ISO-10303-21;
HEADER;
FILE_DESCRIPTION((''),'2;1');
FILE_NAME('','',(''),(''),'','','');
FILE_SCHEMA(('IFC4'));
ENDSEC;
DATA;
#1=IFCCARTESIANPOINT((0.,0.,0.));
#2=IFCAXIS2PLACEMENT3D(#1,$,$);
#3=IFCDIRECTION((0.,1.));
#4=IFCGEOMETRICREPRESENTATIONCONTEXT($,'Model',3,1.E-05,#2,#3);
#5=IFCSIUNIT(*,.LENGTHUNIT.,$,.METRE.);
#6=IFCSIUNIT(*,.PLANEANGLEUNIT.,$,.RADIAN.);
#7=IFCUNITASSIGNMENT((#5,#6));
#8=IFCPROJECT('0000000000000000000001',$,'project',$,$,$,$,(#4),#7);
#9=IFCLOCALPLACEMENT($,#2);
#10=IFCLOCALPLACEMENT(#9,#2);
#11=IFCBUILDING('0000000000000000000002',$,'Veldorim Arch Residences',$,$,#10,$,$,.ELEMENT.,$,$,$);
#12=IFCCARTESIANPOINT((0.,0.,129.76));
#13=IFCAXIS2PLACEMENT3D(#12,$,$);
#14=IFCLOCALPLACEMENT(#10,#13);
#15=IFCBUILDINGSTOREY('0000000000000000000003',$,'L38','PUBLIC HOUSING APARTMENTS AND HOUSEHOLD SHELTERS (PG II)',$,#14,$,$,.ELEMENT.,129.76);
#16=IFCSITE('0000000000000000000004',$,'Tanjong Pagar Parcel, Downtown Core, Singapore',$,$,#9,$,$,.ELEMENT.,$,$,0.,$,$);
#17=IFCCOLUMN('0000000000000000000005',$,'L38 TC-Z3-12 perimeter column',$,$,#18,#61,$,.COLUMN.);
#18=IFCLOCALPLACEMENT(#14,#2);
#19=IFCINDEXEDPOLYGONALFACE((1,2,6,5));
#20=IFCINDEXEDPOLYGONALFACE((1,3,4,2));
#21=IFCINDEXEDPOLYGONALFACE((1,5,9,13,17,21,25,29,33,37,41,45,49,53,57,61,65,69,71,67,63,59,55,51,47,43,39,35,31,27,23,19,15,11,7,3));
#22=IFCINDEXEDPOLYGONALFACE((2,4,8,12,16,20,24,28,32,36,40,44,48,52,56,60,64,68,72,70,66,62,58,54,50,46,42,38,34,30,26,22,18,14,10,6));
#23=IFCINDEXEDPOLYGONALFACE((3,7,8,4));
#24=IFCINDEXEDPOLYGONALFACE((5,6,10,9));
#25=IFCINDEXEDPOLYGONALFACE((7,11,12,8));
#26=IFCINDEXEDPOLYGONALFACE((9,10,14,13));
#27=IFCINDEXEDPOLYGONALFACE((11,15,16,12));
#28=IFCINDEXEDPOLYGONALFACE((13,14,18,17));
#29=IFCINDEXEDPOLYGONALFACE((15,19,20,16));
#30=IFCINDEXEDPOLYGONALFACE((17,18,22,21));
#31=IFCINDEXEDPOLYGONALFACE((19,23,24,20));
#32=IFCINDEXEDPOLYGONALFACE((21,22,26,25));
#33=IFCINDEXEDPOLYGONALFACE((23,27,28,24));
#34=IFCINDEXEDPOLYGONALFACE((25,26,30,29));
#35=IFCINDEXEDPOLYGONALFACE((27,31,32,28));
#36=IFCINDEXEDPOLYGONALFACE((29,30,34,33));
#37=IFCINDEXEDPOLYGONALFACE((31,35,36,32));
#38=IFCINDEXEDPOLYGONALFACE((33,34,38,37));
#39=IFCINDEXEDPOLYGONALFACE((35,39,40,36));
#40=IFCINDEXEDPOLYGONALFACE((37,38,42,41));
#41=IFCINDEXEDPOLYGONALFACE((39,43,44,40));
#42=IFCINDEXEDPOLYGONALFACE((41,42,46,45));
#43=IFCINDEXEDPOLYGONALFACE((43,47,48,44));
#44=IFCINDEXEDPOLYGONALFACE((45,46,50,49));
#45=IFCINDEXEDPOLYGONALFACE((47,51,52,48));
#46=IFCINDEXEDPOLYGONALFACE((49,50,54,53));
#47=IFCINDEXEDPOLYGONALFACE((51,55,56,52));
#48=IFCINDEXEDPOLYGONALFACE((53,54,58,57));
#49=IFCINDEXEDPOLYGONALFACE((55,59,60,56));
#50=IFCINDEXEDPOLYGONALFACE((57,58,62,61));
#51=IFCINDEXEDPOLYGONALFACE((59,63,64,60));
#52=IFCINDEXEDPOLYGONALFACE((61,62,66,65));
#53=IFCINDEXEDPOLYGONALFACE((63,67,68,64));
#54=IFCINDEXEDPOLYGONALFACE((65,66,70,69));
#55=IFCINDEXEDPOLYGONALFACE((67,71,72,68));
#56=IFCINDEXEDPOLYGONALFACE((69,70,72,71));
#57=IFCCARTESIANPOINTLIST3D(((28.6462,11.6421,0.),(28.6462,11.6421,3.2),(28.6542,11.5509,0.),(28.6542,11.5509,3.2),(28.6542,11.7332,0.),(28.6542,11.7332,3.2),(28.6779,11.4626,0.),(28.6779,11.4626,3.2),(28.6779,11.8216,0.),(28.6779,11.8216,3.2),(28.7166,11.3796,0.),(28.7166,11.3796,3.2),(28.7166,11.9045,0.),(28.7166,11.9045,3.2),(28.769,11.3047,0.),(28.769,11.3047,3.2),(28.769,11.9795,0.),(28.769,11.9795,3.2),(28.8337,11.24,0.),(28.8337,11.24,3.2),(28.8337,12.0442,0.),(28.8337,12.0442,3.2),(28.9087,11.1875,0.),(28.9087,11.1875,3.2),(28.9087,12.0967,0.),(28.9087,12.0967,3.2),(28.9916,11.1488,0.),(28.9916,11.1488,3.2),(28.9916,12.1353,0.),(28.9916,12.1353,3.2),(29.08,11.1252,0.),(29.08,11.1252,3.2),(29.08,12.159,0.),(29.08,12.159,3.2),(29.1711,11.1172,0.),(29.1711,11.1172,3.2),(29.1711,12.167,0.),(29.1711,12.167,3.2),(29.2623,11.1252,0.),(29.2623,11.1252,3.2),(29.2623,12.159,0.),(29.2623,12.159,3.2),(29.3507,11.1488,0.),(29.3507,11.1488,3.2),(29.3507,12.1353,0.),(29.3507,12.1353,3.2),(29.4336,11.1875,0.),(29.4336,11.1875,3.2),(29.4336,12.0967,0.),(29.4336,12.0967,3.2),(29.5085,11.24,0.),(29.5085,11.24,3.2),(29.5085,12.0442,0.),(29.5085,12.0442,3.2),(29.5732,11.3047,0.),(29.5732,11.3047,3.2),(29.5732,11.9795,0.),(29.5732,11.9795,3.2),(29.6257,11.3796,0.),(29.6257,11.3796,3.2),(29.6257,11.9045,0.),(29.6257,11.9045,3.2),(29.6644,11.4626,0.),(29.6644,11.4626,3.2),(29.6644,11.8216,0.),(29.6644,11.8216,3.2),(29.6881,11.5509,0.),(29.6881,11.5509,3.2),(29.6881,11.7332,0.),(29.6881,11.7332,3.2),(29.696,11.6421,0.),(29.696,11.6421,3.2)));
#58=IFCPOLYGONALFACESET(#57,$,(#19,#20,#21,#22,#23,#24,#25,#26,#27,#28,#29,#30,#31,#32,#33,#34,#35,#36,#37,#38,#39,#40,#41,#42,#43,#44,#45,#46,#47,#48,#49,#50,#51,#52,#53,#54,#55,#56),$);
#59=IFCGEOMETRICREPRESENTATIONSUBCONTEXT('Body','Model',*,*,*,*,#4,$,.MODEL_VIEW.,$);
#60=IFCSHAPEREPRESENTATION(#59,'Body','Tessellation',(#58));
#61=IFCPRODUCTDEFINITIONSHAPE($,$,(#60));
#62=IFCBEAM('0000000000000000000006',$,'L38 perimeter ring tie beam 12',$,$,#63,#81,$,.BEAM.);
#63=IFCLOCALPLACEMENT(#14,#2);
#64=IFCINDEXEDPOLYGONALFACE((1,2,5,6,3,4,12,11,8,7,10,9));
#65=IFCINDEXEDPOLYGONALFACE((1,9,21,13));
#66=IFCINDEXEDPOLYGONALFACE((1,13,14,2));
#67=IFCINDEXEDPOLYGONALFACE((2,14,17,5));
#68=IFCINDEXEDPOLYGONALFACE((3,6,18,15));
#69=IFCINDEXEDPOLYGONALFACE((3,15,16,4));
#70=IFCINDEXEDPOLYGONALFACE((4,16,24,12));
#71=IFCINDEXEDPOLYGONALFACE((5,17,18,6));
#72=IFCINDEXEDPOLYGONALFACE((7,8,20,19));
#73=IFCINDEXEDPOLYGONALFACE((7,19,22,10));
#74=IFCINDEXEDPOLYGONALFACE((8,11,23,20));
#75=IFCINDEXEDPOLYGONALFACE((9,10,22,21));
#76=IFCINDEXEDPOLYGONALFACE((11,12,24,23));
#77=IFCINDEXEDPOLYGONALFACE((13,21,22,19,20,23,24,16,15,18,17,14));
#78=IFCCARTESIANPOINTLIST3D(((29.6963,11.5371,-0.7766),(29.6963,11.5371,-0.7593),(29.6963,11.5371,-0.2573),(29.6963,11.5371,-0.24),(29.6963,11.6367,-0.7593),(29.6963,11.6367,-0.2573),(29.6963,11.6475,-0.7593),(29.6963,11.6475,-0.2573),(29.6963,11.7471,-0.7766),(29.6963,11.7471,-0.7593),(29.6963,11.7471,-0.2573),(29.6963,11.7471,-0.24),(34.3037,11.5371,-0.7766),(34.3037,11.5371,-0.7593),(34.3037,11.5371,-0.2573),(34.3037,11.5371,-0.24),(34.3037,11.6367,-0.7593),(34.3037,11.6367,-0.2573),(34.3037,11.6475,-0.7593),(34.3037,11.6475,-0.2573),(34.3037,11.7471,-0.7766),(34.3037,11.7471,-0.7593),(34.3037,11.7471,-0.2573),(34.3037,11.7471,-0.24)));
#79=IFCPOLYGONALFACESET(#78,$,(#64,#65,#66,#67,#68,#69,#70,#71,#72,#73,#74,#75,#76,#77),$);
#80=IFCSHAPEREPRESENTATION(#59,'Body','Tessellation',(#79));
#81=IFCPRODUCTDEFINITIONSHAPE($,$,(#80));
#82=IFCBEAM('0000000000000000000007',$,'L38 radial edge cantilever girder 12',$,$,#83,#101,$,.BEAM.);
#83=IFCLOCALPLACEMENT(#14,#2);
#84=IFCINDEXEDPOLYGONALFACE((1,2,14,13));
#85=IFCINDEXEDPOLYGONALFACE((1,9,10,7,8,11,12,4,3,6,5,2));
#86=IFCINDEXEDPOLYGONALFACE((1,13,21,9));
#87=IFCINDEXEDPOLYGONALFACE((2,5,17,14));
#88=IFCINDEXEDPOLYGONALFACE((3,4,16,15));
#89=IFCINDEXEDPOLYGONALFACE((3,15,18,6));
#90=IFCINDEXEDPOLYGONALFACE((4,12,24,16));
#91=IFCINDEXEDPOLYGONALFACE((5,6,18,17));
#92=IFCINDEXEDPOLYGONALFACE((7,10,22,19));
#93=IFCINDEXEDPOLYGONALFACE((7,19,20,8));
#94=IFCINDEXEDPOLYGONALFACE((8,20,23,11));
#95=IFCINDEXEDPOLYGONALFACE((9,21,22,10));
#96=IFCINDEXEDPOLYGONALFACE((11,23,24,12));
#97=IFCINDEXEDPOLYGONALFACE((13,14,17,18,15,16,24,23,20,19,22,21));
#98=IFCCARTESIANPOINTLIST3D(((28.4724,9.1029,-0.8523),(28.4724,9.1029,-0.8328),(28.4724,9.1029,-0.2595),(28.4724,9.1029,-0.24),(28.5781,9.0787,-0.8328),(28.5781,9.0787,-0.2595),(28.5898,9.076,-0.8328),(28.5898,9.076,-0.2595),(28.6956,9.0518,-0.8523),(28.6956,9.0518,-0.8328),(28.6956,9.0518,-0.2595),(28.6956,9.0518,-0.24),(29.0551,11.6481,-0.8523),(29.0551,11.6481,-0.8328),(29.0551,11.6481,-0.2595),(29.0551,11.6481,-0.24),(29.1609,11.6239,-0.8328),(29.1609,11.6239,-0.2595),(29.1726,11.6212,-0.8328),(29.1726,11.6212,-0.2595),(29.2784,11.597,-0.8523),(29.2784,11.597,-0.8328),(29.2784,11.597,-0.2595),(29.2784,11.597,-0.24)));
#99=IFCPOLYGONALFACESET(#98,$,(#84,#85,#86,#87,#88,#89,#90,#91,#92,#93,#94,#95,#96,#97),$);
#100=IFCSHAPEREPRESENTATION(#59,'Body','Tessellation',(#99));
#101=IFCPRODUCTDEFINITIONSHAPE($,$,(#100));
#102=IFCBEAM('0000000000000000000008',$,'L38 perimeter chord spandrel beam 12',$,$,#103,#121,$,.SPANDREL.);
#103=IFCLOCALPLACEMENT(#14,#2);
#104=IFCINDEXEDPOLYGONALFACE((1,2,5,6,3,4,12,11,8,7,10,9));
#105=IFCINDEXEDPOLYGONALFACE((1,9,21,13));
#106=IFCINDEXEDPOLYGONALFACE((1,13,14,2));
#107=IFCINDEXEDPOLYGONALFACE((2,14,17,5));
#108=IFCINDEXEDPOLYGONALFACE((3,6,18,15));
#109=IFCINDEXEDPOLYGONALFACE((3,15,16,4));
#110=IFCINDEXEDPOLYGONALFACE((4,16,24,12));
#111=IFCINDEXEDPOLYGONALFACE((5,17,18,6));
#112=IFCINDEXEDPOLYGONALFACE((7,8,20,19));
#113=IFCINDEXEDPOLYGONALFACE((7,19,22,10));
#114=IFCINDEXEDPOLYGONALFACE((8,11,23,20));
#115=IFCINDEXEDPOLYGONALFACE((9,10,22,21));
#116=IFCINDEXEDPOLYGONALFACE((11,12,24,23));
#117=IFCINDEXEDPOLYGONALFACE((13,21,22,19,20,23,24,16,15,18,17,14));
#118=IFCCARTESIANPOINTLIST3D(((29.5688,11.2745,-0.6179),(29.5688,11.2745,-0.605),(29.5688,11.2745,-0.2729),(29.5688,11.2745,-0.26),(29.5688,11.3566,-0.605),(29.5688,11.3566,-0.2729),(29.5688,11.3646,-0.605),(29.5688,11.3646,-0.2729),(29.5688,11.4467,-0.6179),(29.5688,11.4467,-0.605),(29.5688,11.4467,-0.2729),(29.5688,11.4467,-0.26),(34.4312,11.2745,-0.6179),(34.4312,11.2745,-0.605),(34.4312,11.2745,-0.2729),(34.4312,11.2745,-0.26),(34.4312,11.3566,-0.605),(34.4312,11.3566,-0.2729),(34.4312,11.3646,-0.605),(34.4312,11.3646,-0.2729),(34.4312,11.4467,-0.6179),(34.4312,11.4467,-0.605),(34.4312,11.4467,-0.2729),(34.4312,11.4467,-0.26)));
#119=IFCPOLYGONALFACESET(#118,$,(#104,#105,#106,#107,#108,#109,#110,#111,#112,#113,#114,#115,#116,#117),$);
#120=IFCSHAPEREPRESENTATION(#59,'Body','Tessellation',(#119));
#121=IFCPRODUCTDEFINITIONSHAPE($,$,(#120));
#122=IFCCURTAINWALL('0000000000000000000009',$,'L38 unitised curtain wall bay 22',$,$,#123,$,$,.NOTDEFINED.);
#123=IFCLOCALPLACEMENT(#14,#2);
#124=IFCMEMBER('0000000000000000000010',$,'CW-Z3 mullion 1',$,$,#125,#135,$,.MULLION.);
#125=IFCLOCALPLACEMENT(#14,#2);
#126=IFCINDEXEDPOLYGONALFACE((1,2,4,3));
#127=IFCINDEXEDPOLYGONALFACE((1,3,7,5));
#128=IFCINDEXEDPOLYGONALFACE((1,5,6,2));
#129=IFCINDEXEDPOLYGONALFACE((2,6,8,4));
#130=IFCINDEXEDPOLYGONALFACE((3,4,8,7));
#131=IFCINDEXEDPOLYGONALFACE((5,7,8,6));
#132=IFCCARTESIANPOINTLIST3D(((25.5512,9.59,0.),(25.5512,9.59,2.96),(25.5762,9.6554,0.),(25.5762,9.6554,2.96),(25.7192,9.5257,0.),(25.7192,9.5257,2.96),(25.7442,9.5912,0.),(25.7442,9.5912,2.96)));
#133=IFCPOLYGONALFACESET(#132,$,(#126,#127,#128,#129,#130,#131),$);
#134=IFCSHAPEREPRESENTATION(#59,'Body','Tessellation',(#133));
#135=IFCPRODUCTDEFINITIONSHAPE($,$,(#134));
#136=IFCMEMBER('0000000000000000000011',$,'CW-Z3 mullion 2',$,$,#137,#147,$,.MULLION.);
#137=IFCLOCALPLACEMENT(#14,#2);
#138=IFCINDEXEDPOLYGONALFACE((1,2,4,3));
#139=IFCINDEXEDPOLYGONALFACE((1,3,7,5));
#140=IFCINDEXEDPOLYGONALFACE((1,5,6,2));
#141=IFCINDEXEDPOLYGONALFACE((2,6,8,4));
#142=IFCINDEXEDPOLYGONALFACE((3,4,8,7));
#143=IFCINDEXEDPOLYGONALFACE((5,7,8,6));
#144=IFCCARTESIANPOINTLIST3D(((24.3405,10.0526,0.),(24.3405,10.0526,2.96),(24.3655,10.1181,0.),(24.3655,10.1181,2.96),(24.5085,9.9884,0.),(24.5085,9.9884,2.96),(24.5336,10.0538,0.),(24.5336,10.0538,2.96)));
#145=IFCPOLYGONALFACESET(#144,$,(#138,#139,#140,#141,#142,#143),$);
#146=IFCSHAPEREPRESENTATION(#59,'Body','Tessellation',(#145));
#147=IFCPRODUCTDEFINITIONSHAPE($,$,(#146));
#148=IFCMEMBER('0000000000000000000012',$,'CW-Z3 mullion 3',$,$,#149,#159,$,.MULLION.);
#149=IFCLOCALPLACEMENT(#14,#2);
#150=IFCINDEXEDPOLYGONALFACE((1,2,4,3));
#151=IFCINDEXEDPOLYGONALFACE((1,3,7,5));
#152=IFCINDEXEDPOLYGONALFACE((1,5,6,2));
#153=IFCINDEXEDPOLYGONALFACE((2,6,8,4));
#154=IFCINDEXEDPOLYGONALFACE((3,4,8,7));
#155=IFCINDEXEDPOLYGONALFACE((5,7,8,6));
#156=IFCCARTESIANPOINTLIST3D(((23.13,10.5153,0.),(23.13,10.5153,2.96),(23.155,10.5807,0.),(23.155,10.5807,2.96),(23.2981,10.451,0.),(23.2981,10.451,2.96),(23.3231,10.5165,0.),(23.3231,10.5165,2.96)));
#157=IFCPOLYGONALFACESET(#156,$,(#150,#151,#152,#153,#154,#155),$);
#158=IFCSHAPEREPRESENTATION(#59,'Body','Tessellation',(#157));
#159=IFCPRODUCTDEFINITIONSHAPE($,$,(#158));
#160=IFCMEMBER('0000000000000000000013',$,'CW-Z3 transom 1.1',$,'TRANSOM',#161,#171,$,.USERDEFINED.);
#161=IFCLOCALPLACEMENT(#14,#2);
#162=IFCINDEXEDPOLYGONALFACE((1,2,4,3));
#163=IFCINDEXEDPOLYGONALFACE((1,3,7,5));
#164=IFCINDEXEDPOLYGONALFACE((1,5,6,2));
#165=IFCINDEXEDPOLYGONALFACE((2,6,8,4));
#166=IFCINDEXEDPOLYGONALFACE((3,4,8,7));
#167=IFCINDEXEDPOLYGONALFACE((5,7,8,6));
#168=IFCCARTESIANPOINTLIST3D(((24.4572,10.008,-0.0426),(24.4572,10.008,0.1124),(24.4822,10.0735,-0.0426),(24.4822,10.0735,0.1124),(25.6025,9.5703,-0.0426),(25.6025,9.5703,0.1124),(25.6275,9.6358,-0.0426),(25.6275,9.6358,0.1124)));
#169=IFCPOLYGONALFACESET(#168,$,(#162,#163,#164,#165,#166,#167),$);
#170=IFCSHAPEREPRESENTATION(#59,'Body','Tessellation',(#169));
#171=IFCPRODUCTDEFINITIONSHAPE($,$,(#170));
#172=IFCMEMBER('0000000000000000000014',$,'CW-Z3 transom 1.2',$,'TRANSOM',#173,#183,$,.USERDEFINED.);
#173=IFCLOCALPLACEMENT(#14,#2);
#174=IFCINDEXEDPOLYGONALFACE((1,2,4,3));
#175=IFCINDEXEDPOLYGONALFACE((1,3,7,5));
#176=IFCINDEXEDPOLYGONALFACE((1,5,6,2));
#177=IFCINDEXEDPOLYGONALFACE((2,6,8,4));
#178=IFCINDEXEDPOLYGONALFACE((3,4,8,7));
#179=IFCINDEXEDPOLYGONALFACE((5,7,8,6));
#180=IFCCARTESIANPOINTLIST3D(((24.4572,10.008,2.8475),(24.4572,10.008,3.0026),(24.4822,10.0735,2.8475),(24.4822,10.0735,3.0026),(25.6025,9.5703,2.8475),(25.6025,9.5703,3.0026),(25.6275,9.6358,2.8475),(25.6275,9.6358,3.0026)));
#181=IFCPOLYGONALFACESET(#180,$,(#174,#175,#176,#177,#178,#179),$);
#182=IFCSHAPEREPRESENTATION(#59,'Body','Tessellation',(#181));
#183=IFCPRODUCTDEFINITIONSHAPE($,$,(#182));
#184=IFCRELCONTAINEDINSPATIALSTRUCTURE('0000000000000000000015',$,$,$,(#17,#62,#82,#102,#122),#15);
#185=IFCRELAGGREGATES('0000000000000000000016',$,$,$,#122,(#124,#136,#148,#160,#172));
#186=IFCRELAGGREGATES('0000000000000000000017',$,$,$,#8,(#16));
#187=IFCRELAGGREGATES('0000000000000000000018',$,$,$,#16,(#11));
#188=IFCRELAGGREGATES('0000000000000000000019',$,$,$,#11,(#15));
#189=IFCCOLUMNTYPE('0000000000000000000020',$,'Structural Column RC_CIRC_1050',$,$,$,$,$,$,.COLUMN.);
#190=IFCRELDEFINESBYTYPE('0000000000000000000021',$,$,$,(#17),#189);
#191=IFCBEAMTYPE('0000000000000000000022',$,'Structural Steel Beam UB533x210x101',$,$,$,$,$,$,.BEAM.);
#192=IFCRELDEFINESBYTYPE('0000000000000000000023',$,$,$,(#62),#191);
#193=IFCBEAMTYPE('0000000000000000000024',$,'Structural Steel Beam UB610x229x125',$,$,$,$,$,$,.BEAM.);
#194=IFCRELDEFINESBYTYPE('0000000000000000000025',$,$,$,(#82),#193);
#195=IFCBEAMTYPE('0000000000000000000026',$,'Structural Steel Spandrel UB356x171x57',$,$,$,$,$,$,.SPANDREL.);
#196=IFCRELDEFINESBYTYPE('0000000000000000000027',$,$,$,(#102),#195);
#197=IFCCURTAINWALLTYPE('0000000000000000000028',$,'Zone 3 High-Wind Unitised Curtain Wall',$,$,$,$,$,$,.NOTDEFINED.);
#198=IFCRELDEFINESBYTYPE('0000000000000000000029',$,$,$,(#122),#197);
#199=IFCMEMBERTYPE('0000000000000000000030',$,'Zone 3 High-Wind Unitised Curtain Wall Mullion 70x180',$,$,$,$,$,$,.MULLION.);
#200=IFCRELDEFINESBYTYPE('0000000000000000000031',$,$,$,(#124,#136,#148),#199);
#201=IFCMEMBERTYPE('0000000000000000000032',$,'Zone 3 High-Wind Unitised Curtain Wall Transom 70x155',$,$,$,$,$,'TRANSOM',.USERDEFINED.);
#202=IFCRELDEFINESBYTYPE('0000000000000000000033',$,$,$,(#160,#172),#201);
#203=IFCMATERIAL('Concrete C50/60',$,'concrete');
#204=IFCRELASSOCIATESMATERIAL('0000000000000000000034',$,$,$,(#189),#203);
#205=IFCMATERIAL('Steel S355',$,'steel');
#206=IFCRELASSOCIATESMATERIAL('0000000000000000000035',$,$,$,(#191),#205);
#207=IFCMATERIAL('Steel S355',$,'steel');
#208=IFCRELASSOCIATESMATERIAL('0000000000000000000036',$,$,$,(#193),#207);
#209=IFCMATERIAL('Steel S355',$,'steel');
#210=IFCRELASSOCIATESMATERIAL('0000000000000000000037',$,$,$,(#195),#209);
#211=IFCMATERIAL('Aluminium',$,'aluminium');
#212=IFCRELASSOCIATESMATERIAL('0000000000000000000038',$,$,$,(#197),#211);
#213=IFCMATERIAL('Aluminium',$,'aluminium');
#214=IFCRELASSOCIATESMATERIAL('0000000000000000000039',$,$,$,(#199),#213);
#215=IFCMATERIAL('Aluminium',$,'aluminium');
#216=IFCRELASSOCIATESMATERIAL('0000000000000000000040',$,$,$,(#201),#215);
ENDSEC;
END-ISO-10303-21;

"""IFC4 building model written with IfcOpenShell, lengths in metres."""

from ifc_helpers import new_model, si_unit, direction, frame, origin, origin_2d, place, context, subcontext, project, spatial, rectangle, circle, i_section, extrude, material, material_profile, profile_set, type_object, element, aggregate, save


model = new_model("IFC4")

# Units and contexts
model_context = context("Model", 3, precision=1e-05, world=origin(), true_north=direction((0.0, 1.0)))
body_context = subcontext(model_context, "Body", "Model", "MODEL_VIEW")
ifc_project = project(units=[si_unit("LENGTHUNIT", "METRE"), si_unit("PLANEANGLEUNIT", "RADIAN")], contexts=[model_context])

# Site, building, storey
site_placement = place(None, origin())
site = spatial("IfcSite", under=ifc_project, at=site_placement, Name="Tanjong Pagar Parcel, Downtown Core, Singapore", CompositionType="ELEMENT", RefElevation=0.0)
building_placement = place(site_placement, origin())
building = spatial("IfcBuilding", under=site, at=building_placement, Name="Veldorim Arch Residences", CompositionType="ELEMENT")
storey_placement = place(building_placement, frame((0.0, 0.0, 129.76)))
storey = spatial("IfcBuildingStorey", under=building, at=storey_placement, Name="L38", Description="PUBLIC HOUSING APARTMENTS AND HOUSEHOLD SHELTERS (PG II)", CompositionType="ELEMENT", Elevation=129.76)

# Column
ifc_material_1 = material(Name="Concrete C50/60", Category="concrete")
ifc_material_profile_1 = material_profile(ifc_material_1, circle(Radius=0.5249, at=origin_2d()), Name="RC_CIRC_1050")
ifc_profile_set_1 = profile_set([ifc_material_profile_1], Name="Concrete C50/60")
column_type = type_object("IfcColumnType", Name="Structural Column RC_CIRC_1050", PredefinedType="COLUMN", material=ifc_profile_set_1)
column_placement = place(storey_placement, frame((29.1711, 11.6421, 0.0), z_axis=(0.0, 0.0, 1.0), x_axis=(1.0, 0.0, 0.0)))
element("IfcColumn", 1, at=column_placement, inside=storey, type_object=column_type, Name="L38 TC-Z3-12 perimeter column", PredefinedType="COLUMN", context=body_context, shape_type="SweptSolid", body=[
    extrude(circle(Radius=0.5249, at=origin_2d()), origin(), (0.0, 0.0, 1.0), 3.2),
])

# Beams
ifc_material_2 = material(Name="Steel S355", Category="steel")
ifc_material_profile_2 = material_profile(ifc_material_2, i_section(OverallWidth=0.21, OverallDepth=0.5366, WebThickness=0.0107, FlangeThickness=0.0173, at=origin_2d()), Name="UB533x210x101")
ifc_profile_set_2 = profile_set([ifc_material_profile_2], Name="Steel S355")
beam_type_1 = type_object("IfcBeamType", Name="Structural Steel Beam UB533x210x101", PredefinedType="BEAM", material=ifc_profile_set_2)
beam_1_placement = place(storey_placement, frame((29.6963, 11.6421, -0.5083), z_axis=(1.0, 0.0, 0.0), x_axis=(0.0, 1.0, 0.0)))
element("IfcBeam", 2, at=beam_1_placement, inside=storey, type_object=beam_type_1, Name="L38 perimeter ring tie beam 12", PredefinedType="BEAM", context=body_context, shape_type="SweptSolid", body=[
    extrude(i_section(OverallWidth=0.21, OverallDepth=0.5366, WebThickness=0.0107, FlangeThickness=0.0173, at=origin_2d()), origin(), (0.0, 0.0, 1.0), 4.6074),
])
ifc_material_3 = material(Name="Steel S355", Category="steel")
ifc_material_profile_3 = material_profile(ifc_material_3, i_section(OverallWidth=0.229, OverallDepth=0.6123, WebThickness=0.012, FlangeThickness=0.0195, at=origin_2d()), Name="UB610x229x125")
ifc_profile_set_3 = profile_set([ifc_material_profile_3], Name="Steel S355")
beam_type_2 = type_object("IfcBeamType", Name="Structural Steel Beam UB610x229x125", PredefinedType="BEAM", material=ifc_profile_set_3)
beam_2_placement = place(storey_placement, frame((29.1667, 11.6226, -0.5461), z_axis=(-0.223193, -0.974774, 0.0), x_axis=(0.974774, -0.223193, 0.0)))
element("IfcBeam", 3, at=beam_2_placement, inside=storey, type_object=beam_type_2, Name="L38 radial edge cantilever girder 12", PredefinedType="BEAM", context=body_context, shape_type="SweptSolid", body=[
    extrude(i_section(OverallWidth=0.229, OverallDepth=0.6123, WebThickness=0.012, FlangeThickness=0.0195, at=origin_2d()), origin(), (0.0, 0.0, 1.0), 2.6111),
])
ifc_material_4 = material(Name="Steel S355", Category="steel")
ifc_material_profile_4 = material_profile(ifc_material_4, i_section(OverallWidth=0.1721, OverallDepth=0.3579, WebThickness=0.0081, FlangeThickness=0.0129, at=origin_2d()), Name="UB356x171x57")
ifc_profile_set_4 = profile_set([ifc_material_profile_4], Name="Steel S355")
beam_type_3 = type_object("IfcBeamType", Name="Structural Steel Spandrel UB356x171x57", PredefinedType="SPANDREL", material=ifc_profile_set_4)
beam_3_placement = place(storey_placement, frame((29.5688, 11.3606, -0.439), z_axis=(1.0, 0.0, 0.0), x_axis=(0.0, 1.0, 0.0)))
element("IfcBeam", 4, at=beam_3_placement, inside=storey, type_object=beam_type_3, Name="L38 perimeter chord spandrel beam 12", PredefinedType="SPANDREL", context=body_context, shape_type="SweptSolid", body=[
    extrude(i_section(OverallWidth=0.1721, OverallDepth=0.3579, WebThickness=0.0081, FlangeThickness=0.0129, at=origin_2d()), origin(), (0.0, 0.0, 1.0), 4.8623),
])

# Curtain wall, members
ifc_material_5 = material(Name="Aluminium", Category="aluminium")
curtain_wall_type = type_object("IfcCurtainWallType", Name="Zone 3 High-Wind Unitised Curtain Wall", PredefinedType="NOTDEFINED", material=ifc_material_5)
curtain_wall_placement = place(storey_placement, origin())
curtain_wall = element("IfcCurtainWall", 5, at=curtain_wall_placement, inside=storey, type_object=curtain_wall_type, Name="L38 unitised curtain wall bay 22", PredefinedType="NOTDEFINED")
ifc_material_6 = material(Name="Aluminium", Category="aluminium")
ifc_material_profile_5 = material_profile(ifc_material_6, rectangle(XDim=0.0701, YDim=0.1799, at=origin_2d()), Name="ALU_MUL_70x180")
ifc_profile_set_5 = profile_set([ifc_material_profile_5], Name="Aluminium")
member_type_1 = type_object("IfcMemberType", Name="Zone 3 High-Wind Unitised Curtain Wall Mullion 70x180", PredefinedType="MULLION", material=ifc_profile_set_5)
member_1_placement = place(storey_placement, frame((25.6477, 9.5906, 0.0), z_axis=(0.0, 0.0, 1.0), x_axis=(-0.356987, -0.934109, 0.0)))
member_1 = element("IfcMember", 6, at=member_1_placement, type_object=member_type_1, Name="CW-Z3 mullion 1", PredefinedType="MULLION", context=body_context, shape_type="SweptSolid", body=[
    extrude(rectangle(XDim=0.0701, YDim=0.1799, at=origin_2d()), origin(), (0.0, 0.0, 1.0), 2.96),
])
member_2_placement = place(storey_placement, frame((24.437, 10.0532, 0.0), z_axis=(0.0, 0.0, 1.0), x_axis=(-0.356987, -0.934109, 0.0)))
member_2 = element("IfcMember", 7, at=member_2_placement, type_object=member_type_1, Name="CW-Z3 mullion 2", PredefinedType="MULLION", context=body_context, shape_type="SweptSolid", body=[
    extrude(rectangle(XDim=0.0701, YDim=0.1799, at=origin_2d()), origin(), (0.0, 0.0, 1.0), 2.96),
])
member_3_placement = place(storey_placement, frame((23.2266, 10.5159, 0.0), z_axis=(0.0, 0.0, 1.0), x_axis=(-0.356987, -0.934109, 0.0)))
member_3 = element("IfcMember", 8, at=member_3_placement, type_object=member_type_1, Name="CW-Z3 mullion 3", PredefinedType="MULLION", context=body_context, shape_type="SweptSolid", body=[
    extrude(rectangle(XDim=0.0701, YDim=0.1799, at=origin_2d()), origin(), (0.0, 0.0, 1.0), 2.96),
])
ifc_material_7 = material(Name="Aluminium", Category="aluminium")
ifc_material_profile_6 = material_profile(ifc_material_7, rectangle(XDim=0.0701, YDim=0.155, at=origin_2d()), Name="ALU_TRN_70x155")
ifc_profile_set_6 = profile_set([ifc_material_profile_6], Name="Aluminium")
member_type_2 = type_object("IfcMemberType", Name="Zone 3 High-Wind Unitised Curtain Wall Transom 70x155", ElementType="TRANSOM", PredefinedType="USERDEFINED", material=ifc_profile_set_6)
member_4_placement = place(storey_placement, frame((25.615, 9.603, 0.0349), z_axis=(-0.934093, 0.35703, 0.0), x_axis=(-0.35703, -0.934093, 0.0)))
member_4 = element("IfcMember", 9, at=member_4_placement, type_object=member_type_2, Name="CW-Z3 transom 1.1", ObjectType="TRANSOM", PredefinedType="USERDEFINED", context=body_context, shape_type="SweptSolid", body=[
    extrude(rectangle(XDim=0.0701, YDim=0.155, at=origin_2d()), origin(), (0.0, 0.0, 1.0), 1.2261),
])
member_5_placement = place(storey_placement, frame((25.615, 9.603, 2.925), z_axis=(-0.934093, 0.35703, 0.0), x_axis=(-0.35703, -0.934093, 0.0)))
member_5 = element("IfcMember", 10, at=member_5_placement, type_object=member_type_2, Name="CW-Z3 transom 1.2", ObjectType="TRANSOM", PredefinedType="USERDEFINED", context=body_context, shape_type="SweptSolid", body=[
    extrude(rectangle(XDim=0.0701, YDim=0.155, at=origin_2d()), origin(), (0.0, 0.0, 1.0), 1.2261),
])
aggregate(curtain_wall, [member_1, member_2, member_3, member_4, member_5])

save(model, "model.ifc")
